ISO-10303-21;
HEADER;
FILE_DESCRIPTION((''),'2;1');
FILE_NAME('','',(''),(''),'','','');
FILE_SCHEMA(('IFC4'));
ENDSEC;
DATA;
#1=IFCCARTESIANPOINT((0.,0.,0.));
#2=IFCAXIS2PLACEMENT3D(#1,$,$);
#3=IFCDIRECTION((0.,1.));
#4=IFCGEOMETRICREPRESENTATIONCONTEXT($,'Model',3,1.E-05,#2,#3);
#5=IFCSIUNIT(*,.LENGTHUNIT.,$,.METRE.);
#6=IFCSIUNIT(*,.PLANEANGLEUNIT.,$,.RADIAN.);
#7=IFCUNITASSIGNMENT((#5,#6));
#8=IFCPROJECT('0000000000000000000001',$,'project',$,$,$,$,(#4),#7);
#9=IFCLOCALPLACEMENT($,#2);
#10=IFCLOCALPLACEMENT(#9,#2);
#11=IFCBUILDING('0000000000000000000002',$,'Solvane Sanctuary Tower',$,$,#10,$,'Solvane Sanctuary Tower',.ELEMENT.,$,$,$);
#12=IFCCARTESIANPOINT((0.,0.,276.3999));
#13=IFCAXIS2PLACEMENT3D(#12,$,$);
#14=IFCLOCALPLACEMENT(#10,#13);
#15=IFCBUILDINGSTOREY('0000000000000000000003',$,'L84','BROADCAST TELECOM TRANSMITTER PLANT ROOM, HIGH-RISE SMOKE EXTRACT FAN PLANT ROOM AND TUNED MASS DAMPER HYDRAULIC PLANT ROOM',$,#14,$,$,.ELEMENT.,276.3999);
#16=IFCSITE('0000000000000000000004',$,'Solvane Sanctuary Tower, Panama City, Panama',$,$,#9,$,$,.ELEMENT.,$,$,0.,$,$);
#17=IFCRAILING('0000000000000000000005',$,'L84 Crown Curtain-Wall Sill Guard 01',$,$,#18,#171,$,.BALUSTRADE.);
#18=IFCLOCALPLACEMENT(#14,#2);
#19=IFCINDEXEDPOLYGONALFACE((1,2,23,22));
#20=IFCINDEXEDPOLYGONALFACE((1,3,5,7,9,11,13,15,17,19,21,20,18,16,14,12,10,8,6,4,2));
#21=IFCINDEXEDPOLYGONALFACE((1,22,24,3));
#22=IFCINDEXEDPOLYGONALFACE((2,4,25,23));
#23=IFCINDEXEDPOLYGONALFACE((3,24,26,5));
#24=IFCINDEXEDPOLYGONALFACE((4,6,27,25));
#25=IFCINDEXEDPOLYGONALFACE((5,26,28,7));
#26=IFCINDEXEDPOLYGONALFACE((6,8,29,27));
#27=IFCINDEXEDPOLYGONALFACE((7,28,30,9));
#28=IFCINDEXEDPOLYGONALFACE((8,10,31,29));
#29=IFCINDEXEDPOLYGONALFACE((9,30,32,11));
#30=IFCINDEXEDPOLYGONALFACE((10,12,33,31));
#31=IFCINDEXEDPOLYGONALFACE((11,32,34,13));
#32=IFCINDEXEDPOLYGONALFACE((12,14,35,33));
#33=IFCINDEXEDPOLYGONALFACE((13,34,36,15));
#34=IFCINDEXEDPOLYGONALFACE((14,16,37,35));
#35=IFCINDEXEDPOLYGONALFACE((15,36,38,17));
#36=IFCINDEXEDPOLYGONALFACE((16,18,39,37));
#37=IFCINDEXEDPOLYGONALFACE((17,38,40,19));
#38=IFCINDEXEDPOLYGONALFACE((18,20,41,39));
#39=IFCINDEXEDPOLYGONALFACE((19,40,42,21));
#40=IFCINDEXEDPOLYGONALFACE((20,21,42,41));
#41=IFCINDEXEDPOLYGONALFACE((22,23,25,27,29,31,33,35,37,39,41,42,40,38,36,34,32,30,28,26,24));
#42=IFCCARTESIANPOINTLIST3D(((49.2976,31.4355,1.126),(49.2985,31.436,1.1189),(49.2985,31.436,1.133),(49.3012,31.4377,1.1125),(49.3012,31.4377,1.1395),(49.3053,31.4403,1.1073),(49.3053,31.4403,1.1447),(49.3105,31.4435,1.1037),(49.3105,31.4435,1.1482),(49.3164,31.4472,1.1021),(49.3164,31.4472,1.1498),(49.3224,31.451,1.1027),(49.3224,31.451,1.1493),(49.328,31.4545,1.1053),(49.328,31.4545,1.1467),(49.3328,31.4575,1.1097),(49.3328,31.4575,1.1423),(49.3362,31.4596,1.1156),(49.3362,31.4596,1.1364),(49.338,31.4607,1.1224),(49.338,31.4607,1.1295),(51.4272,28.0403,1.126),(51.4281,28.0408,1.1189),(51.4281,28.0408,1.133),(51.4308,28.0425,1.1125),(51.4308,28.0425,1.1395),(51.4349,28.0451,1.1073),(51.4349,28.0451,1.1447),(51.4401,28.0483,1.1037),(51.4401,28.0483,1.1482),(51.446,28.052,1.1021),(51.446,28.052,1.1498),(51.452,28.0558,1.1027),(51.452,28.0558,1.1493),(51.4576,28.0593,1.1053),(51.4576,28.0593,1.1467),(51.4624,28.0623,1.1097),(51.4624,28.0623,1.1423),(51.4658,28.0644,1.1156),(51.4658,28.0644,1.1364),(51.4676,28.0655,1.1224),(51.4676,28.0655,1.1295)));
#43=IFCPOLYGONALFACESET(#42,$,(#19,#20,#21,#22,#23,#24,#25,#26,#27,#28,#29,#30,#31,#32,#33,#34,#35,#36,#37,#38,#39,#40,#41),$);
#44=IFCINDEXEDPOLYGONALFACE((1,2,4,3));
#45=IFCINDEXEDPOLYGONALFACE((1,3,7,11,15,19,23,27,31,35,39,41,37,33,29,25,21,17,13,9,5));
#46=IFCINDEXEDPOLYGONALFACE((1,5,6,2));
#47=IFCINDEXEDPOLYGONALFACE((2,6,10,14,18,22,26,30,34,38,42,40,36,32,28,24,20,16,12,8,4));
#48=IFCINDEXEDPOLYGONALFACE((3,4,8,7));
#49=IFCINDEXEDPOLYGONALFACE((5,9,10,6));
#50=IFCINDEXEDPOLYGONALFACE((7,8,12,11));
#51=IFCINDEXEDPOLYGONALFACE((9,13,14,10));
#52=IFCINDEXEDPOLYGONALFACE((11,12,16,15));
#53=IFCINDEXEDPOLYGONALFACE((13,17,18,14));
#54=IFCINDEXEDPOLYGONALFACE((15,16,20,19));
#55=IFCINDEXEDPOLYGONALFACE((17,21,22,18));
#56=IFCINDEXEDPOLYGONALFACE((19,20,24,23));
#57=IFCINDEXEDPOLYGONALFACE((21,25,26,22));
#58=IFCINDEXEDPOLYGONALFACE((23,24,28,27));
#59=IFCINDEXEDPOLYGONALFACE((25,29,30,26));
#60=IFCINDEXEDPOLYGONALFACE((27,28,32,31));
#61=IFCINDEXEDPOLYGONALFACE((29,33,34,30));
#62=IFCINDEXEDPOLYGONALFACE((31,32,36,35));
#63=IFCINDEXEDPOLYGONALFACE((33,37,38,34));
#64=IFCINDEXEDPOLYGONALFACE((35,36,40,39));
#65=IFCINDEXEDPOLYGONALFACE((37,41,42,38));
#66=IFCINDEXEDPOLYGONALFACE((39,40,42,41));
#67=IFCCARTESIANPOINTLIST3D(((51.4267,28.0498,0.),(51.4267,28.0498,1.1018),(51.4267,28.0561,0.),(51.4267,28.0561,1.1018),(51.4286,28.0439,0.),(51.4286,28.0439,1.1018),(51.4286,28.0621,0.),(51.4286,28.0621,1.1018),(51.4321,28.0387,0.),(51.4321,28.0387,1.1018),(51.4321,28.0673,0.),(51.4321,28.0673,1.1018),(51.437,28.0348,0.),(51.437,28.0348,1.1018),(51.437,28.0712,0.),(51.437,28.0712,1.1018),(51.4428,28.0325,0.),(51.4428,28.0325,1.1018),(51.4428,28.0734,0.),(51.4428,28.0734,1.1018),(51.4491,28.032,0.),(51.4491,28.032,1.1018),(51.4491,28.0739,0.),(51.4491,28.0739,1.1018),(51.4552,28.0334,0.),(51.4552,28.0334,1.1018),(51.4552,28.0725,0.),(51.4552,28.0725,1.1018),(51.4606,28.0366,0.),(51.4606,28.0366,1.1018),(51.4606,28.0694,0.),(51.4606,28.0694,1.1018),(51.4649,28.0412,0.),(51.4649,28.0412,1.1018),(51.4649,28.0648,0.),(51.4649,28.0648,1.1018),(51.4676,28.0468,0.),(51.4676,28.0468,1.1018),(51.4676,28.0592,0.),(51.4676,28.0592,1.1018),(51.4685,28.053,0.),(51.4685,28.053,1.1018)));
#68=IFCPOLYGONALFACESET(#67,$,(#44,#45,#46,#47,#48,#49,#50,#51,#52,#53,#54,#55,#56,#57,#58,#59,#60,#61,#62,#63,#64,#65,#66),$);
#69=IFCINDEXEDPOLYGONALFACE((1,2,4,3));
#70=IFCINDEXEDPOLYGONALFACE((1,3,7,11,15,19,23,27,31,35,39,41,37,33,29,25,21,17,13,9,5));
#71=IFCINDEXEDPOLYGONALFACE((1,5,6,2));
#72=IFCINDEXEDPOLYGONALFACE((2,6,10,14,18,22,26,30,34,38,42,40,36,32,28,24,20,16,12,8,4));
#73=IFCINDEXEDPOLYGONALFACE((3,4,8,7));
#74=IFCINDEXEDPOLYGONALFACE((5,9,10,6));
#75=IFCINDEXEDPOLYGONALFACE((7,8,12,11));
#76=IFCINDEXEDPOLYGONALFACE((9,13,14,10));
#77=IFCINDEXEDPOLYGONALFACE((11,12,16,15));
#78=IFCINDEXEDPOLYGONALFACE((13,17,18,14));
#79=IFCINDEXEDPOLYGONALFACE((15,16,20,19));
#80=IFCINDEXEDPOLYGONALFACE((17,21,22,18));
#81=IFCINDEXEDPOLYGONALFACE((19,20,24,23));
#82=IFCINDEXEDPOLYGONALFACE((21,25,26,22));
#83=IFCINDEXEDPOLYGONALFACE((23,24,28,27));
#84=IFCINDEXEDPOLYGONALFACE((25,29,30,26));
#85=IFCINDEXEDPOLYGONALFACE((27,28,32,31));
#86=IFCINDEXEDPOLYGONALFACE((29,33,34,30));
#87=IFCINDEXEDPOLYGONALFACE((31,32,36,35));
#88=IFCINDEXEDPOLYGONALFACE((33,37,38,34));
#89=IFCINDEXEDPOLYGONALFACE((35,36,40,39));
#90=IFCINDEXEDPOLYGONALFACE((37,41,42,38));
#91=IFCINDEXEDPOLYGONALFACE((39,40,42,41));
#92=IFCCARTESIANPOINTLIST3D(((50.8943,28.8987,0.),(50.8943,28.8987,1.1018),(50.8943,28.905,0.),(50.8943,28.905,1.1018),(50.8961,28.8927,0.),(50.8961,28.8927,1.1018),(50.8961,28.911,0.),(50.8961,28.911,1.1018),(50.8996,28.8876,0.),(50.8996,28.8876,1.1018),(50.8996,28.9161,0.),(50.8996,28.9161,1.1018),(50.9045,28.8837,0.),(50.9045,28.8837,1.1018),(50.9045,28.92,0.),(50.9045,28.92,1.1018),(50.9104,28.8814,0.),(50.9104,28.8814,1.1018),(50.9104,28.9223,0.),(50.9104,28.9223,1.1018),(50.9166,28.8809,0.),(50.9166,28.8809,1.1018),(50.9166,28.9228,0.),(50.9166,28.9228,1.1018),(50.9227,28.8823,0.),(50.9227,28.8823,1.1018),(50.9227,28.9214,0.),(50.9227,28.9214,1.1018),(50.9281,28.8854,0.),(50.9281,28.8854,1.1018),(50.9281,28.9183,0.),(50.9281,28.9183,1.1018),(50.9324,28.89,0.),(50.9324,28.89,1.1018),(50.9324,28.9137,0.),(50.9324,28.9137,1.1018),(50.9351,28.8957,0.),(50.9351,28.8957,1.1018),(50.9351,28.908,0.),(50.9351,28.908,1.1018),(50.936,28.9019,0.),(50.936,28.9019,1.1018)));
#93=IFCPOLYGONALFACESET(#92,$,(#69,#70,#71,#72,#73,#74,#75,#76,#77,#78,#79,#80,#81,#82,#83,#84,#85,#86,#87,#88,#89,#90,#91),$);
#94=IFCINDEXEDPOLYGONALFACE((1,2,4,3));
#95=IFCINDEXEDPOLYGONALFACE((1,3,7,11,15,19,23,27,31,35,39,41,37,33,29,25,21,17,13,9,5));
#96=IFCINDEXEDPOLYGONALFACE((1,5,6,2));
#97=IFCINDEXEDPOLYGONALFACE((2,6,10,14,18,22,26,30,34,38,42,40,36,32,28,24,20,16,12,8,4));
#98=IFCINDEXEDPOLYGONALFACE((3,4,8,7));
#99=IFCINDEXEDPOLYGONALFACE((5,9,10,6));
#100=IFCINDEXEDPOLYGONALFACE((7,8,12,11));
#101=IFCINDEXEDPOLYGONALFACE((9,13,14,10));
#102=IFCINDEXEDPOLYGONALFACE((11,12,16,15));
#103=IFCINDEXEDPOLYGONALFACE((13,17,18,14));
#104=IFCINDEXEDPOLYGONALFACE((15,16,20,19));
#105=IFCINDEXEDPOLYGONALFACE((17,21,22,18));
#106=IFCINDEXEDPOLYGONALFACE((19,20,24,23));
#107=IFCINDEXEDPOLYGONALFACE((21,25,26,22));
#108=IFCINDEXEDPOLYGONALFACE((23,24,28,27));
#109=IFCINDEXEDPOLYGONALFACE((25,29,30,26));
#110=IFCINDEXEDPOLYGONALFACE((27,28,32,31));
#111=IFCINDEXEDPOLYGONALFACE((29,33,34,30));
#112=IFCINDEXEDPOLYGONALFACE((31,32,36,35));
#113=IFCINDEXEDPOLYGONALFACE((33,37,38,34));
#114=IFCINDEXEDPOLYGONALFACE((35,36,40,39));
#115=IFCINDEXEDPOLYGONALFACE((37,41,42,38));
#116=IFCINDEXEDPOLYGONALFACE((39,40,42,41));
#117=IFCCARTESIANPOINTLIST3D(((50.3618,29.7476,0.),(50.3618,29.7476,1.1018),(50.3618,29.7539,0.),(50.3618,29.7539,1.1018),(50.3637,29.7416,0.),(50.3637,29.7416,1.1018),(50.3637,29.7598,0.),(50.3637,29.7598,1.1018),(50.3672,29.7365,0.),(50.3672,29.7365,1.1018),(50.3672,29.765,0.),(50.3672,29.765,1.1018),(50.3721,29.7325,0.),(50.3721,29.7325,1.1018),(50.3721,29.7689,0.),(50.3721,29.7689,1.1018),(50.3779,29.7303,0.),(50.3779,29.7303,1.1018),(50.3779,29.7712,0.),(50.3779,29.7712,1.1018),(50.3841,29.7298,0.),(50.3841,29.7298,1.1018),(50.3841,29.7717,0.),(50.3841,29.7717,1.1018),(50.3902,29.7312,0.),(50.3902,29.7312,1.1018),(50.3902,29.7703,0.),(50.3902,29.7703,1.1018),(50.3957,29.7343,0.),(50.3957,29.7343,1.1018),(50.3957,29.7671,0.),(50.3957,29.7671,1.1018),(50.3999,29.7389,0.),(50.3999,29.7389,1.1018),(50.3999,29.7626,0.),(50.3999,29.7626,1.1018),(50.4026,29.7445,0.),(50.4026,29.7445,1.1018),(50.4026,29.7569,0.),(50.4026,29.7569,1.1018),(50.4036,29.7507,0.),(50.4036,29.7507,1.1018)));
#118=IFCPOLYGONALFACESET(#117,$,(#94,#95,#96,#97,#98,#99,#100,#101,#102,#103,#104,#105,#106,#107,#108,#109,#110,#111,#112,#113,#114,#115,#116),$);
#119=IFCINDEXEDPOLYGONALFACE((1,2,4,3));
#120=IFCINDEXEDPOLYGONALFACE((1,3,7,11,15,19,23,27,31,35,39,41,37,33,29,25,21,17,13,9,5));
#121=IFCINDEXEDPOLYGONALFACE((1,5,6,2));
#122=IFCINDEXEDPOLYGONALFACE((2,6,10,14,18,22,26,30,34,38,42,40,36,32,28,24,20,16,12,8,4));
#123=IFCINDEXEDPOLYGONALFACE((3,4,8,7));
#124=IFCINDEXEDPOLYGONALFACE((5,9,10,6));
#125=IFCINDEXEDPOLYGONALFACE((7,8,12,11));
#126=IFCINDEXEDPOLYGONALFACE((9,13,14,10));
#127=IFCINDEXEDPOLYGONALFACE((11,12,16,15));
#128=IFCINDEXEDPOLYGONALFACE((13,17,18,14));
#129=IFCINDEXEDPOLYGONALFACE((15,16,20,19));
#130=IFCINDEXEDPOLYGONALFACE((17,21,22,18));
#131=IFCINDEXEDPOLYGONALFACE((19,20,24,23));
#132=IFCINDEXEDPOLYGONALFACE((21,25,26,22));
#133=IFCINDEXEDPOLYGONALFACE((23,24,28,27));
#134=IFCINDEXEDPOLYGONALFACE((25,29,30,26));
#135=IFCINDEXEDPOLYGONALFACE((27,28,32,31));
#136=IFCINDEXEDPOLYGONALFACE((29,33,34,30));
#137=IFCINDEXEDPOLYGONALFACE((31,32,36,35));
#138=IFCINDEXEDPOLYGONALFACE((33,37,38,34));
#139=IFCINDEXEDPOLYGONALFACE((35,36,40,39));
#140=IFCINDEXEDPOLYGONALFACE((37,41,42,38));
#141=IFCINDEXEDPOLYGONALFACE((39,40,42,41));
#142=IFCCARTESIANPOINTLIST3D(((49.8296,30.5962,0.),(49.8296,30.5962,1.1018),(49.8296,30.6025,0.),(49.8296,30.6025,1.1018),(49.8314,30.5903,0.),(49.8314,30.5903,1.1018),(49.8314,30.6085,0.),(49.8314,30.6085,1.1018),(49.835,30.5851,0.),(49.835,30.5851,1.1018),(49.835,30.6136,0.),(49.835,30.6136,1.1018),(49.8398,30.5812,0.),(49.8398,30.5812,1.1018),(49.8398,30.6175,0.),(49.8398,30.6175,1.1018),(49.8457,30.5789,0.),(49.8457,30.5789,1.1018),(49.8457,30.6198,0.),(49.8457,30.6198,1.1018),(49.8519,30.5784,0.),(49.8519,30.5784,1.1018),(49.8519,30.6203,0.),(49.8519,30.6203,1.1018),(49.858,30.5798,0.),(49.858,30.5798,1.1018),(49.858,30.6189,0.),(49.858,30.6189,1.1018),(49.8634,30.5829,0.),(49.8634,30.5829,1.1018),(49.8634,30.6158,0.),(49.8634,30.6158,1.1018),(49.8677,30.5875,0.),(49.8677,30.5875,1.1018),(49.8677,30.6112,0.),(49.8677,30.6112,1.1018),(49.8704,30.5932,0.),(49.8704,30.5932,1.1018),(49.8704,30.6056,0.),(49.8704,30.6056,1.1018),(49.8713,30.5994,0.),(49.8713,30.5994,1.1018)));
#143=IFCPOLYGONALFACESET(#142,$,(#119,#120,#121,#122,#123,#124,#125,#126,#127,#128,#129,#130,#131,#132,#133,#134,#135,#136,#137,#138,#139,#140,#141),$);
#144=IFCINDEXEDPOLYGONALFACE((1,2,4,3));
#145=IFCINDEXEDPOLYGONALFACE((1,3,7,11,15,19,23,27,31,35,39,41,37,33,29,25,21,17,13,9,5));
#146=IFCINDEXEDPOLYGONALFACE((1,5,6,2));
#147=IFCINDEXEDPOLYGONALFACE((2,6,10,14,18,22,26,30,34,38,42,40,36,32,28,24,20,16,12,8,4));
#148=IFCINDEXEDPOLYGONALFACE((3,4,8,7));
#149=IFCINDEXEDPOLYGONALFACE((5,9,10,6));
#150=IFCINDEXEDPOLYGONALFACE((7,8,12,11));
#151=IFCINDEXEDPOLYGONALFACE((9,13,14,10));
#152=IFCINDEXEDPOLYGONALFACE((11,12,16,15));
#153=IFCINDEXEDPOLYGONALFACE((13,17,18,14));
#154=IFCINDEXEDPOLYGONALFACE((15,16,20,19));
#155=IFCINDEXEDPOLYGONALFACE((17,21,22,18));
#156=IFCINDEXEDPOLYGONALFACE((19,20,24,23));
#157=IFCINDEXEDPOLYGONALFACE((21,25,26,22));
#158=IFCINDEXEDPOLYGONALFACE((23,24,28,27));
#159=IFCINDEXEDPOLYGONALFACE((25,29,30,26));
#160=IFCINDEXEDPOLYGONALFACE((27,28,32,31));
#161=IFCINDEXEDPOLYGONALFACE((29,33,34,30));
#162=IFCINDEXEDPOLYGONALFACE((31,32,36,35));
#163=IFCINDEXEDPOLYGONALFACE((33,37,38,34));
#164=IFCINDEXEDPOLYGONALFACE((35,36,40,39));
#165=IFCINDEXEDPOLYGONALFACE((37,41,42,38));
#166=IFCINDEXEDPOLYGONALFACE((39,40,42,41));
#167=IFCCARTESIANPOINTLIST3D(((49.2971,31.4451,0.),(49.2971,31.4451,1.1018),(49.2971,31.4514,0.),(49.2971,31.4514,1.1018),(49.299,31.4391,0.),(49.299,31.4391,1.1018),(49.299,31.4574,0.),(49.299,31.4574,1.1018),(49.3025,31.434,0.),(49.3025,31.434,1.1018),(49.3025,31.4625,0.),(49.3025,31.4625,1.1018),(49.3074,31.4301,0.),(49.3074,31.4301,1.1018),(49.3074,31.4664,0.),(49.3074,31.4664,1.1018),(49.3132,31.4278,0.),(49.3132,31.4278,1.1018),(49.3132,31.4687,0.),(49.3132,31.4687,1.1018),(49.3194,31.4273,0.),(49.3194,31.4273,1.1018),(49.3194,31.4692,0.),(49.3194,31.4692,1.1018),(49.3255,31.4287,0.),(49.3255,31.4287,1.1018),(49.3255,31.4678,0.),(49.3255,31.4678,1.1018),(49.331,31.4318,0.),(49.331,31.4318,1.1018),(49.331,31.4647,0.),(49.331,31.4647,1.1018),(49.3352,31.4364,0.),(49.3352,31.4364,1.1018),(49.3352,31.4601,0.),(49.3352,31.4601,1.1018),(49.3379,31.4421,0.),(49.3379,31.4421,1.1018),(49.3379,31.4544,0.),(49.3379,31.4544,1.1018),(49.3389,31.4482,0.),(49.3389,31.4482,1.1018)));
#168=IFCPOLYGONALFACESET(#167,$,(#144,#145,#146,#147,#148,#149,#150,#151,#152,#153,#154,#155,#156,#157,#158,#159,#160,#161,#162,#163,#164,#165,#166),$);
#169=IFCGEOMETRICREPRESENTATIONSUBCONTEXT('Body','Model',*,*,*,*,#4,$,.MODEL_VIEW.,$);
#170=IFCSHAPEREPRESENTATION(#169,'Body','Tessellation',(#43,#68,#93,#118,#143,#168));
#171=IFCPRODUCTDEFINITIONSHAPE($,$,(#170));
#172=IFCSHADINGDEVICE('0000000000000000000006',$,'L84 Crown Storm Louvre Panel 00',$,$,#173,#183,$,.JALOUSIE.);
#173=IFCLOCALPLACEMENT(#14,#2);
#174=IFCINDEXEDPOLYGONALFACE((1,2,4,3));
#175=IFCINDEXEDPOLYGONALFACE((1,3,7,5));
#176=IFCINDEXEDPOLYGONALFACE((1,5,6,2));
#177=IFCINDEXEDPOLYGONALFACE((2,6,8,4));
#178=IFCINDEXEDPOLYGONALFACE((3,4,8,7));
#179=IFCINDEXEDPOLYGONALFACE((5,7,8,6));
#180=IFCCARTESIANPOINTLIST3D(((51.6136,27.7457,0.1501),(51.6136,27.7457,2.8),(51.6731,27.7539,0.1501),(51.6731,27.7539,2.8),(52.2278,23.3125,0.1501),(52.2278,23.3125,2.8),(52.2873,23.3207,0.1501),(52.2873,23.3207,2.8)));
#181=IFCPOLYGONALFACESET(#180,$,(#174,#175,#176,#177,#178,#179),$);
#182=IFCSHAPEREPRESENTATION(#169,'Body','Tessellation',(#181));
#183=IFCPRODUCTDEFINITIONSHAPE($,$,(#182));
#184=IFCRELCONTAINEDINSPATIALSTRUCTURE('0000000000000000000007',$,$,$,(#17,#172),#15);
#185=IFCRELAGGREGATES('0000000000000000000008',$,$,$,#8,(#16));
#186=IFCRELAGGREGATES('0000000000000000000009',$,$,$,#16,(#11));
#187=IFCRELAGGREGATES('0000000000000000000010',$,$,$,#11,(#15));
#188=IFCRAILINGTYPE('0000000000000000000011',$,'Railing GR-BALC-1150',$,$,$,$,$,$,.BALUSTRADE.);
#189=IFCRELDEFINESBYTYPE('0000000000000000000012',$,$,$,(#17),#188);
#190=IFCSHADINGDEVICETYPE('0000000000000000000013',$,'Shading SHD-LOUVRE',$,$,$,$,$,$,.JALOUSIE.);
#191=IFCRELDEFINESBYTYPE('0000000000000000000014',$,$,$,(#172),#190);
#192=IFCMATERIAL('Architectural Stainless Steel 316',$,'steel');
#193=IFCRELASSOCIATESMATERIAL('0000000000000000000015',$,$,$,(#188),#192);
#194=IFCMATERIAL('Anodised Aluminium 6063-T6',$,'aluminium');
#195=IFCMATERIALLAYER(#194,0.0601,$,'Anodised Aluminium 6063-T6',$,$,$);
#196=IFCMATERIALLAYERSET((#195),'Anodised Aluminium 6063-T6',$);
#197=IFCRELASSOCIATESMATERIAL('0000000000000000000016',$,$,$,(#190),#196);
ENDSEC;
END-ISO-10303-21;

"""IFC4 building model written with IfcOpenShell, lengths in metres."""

from ifc_helpers import new_model, si_unit, direction, frame, origin, origin_2d, place, context, subcontext, project, spatial, rectangle, circle, extrude, material, layer, layer_set, type_object, element, save


model = new_model("IFC4")

# Units and contexts
model_context = context("Model", 3, precision=1e-05, world=origin(), true_north=direction((0.0, 1.0)))
body_context = subcontext(model_context, "Body", "Model", "MODEL_VIEW")
ifc_project = project(units=[si_unit("LENGTHUNIT", "METRE"), si_unit("PLANEANGLEUNIT", "RADIAN")], contexts=[model_context])

# Site, building, storey
site_placement = place(None, origin())
site = spatial("IfcSite", under=ifc_project, at=site_placement, Name="Solvane Sanctuary Tower, Panama City, Panama", CompositionType="ELEMENT", RefElevation=0.0)
building_placement = place(site_placement, origin())
building = spatial("IfcBuilding", under=site, at=building_placement, Name="Solvane Sanctuary Tower", LongName="Solvane Sanctuary Tower", CompositionType="ELEMENT")
storey_placement = place(building_placement, frame((0.0, 0.0, 276.3999)))
storey = spatial("IfcBuildingStorey", under=building, at=storey_placement, Name="L84", Description="BROADCAST TELECOM TRANSMITTER PLANT ROOM, HIGH-RISE SMOKE EXTRACT FAN PLANT ROOM AND TUNED MASS DAMPER HYDRAULIC PLANT ROOM", CompositionType="ELEMENT", Elevation=276.3999)

# Shared definitions
ifc_material_1 = material(Name="Anodised Aluminium 6063-T6", Category="aluminium")

# Shared definitions
ifc_material_2 = material(Name="Architectural Stainless Steel 316", Category="steel")

# Railing
railing_type = type_object("IfcRailingType", Name="Railing GR-BALC-1150", PredefinedType="BALUSTRADE", material=ifc_material_2)
railing_placement = place(storey_placement, frame((51.4475, 28.053, 0.0)))
element("IfcRailing", 1, at=railing_placement, inside=storey, type_object=railing_type, Name="L84 Crown Curtain-Wall Sill Guard 01", PredefinedType="BALUSTRADE", context=body_context, shape_type="SweptSolid", body=[
    extrude(circle(Radius=0.0239, at=origin_2d()), frame((0.0, 0.0, 1.126), z_axis=(-0.531362, 0.847145, 0.0), x_axis=(-0.847145, -0.531362, 0.0)), (0.0, 0.0, 1.0), 4.0078),
    extrude(circle(Radius=0.021, at=origin_2d()), origin(), (0.0, 0.0, 1.0), 1.1018),
    extrude(circle(Radius=0.021, at=origin_2d()), frame((-0.5325, 0.8489, 0.0)), (0.0, 0.0, 1.0), 1.1018),
    extrude(circle(Radius=0.021, at=origin_2d()), frame((-1.0649, 1.6978, 0.0)), (0.0, 0.0, 1.0), 1.1018),
    extrude(circle(Radius=0.021, at=origin_2d()), frame((-1.5972, 2.5464, 0.0)), (0.0, 0.0, 1.0), 1.1018),
    extrude(circle(Radius=0.021, at=origin_2d()), frame((-2.1296, 3.3953, 0.0)), (0.0, 0.0, 1.0), 1.1018),
])

# Shading device
ifc_layer_1 = layer(ifc_material_1, 0.0601, Name="Anodised Aluminium 6063-T6")
ifc_layer_set_1 = layer_set([ifc_layer_1], Name="Anodised Aluminium 6063-T6")
shading_device_type = type_object("IfcShadingDeviceType", Name="Shading SHD-LOUVRE", PredefinedType="JALOUSIE", material=ifc_layer_set_1)
shading_device_placement = place(storey_placement, frame((51.9504, 25.5332, 0.1501), z_axis=(0.0, 0.0, 1.0), x_axis=(-0.137222, 0.99054, 0.0)))
element("IfcShadingDevice", 2, at=shading_device_placement, inside=storey, type_object=shading_device_type, Name="L84 Crown Storm Louvre Panel 00", PredefinedType="JALOUSIE", context=body_context, shape_type="SweptSolid", body=[
    extrude(rectangle(XDim=4.4756, YDim=0.0601, at=origin_2d()), origin(), (0.0, 0.0, 1.0), 2.6499),
])

save(model, "model.ifc")
